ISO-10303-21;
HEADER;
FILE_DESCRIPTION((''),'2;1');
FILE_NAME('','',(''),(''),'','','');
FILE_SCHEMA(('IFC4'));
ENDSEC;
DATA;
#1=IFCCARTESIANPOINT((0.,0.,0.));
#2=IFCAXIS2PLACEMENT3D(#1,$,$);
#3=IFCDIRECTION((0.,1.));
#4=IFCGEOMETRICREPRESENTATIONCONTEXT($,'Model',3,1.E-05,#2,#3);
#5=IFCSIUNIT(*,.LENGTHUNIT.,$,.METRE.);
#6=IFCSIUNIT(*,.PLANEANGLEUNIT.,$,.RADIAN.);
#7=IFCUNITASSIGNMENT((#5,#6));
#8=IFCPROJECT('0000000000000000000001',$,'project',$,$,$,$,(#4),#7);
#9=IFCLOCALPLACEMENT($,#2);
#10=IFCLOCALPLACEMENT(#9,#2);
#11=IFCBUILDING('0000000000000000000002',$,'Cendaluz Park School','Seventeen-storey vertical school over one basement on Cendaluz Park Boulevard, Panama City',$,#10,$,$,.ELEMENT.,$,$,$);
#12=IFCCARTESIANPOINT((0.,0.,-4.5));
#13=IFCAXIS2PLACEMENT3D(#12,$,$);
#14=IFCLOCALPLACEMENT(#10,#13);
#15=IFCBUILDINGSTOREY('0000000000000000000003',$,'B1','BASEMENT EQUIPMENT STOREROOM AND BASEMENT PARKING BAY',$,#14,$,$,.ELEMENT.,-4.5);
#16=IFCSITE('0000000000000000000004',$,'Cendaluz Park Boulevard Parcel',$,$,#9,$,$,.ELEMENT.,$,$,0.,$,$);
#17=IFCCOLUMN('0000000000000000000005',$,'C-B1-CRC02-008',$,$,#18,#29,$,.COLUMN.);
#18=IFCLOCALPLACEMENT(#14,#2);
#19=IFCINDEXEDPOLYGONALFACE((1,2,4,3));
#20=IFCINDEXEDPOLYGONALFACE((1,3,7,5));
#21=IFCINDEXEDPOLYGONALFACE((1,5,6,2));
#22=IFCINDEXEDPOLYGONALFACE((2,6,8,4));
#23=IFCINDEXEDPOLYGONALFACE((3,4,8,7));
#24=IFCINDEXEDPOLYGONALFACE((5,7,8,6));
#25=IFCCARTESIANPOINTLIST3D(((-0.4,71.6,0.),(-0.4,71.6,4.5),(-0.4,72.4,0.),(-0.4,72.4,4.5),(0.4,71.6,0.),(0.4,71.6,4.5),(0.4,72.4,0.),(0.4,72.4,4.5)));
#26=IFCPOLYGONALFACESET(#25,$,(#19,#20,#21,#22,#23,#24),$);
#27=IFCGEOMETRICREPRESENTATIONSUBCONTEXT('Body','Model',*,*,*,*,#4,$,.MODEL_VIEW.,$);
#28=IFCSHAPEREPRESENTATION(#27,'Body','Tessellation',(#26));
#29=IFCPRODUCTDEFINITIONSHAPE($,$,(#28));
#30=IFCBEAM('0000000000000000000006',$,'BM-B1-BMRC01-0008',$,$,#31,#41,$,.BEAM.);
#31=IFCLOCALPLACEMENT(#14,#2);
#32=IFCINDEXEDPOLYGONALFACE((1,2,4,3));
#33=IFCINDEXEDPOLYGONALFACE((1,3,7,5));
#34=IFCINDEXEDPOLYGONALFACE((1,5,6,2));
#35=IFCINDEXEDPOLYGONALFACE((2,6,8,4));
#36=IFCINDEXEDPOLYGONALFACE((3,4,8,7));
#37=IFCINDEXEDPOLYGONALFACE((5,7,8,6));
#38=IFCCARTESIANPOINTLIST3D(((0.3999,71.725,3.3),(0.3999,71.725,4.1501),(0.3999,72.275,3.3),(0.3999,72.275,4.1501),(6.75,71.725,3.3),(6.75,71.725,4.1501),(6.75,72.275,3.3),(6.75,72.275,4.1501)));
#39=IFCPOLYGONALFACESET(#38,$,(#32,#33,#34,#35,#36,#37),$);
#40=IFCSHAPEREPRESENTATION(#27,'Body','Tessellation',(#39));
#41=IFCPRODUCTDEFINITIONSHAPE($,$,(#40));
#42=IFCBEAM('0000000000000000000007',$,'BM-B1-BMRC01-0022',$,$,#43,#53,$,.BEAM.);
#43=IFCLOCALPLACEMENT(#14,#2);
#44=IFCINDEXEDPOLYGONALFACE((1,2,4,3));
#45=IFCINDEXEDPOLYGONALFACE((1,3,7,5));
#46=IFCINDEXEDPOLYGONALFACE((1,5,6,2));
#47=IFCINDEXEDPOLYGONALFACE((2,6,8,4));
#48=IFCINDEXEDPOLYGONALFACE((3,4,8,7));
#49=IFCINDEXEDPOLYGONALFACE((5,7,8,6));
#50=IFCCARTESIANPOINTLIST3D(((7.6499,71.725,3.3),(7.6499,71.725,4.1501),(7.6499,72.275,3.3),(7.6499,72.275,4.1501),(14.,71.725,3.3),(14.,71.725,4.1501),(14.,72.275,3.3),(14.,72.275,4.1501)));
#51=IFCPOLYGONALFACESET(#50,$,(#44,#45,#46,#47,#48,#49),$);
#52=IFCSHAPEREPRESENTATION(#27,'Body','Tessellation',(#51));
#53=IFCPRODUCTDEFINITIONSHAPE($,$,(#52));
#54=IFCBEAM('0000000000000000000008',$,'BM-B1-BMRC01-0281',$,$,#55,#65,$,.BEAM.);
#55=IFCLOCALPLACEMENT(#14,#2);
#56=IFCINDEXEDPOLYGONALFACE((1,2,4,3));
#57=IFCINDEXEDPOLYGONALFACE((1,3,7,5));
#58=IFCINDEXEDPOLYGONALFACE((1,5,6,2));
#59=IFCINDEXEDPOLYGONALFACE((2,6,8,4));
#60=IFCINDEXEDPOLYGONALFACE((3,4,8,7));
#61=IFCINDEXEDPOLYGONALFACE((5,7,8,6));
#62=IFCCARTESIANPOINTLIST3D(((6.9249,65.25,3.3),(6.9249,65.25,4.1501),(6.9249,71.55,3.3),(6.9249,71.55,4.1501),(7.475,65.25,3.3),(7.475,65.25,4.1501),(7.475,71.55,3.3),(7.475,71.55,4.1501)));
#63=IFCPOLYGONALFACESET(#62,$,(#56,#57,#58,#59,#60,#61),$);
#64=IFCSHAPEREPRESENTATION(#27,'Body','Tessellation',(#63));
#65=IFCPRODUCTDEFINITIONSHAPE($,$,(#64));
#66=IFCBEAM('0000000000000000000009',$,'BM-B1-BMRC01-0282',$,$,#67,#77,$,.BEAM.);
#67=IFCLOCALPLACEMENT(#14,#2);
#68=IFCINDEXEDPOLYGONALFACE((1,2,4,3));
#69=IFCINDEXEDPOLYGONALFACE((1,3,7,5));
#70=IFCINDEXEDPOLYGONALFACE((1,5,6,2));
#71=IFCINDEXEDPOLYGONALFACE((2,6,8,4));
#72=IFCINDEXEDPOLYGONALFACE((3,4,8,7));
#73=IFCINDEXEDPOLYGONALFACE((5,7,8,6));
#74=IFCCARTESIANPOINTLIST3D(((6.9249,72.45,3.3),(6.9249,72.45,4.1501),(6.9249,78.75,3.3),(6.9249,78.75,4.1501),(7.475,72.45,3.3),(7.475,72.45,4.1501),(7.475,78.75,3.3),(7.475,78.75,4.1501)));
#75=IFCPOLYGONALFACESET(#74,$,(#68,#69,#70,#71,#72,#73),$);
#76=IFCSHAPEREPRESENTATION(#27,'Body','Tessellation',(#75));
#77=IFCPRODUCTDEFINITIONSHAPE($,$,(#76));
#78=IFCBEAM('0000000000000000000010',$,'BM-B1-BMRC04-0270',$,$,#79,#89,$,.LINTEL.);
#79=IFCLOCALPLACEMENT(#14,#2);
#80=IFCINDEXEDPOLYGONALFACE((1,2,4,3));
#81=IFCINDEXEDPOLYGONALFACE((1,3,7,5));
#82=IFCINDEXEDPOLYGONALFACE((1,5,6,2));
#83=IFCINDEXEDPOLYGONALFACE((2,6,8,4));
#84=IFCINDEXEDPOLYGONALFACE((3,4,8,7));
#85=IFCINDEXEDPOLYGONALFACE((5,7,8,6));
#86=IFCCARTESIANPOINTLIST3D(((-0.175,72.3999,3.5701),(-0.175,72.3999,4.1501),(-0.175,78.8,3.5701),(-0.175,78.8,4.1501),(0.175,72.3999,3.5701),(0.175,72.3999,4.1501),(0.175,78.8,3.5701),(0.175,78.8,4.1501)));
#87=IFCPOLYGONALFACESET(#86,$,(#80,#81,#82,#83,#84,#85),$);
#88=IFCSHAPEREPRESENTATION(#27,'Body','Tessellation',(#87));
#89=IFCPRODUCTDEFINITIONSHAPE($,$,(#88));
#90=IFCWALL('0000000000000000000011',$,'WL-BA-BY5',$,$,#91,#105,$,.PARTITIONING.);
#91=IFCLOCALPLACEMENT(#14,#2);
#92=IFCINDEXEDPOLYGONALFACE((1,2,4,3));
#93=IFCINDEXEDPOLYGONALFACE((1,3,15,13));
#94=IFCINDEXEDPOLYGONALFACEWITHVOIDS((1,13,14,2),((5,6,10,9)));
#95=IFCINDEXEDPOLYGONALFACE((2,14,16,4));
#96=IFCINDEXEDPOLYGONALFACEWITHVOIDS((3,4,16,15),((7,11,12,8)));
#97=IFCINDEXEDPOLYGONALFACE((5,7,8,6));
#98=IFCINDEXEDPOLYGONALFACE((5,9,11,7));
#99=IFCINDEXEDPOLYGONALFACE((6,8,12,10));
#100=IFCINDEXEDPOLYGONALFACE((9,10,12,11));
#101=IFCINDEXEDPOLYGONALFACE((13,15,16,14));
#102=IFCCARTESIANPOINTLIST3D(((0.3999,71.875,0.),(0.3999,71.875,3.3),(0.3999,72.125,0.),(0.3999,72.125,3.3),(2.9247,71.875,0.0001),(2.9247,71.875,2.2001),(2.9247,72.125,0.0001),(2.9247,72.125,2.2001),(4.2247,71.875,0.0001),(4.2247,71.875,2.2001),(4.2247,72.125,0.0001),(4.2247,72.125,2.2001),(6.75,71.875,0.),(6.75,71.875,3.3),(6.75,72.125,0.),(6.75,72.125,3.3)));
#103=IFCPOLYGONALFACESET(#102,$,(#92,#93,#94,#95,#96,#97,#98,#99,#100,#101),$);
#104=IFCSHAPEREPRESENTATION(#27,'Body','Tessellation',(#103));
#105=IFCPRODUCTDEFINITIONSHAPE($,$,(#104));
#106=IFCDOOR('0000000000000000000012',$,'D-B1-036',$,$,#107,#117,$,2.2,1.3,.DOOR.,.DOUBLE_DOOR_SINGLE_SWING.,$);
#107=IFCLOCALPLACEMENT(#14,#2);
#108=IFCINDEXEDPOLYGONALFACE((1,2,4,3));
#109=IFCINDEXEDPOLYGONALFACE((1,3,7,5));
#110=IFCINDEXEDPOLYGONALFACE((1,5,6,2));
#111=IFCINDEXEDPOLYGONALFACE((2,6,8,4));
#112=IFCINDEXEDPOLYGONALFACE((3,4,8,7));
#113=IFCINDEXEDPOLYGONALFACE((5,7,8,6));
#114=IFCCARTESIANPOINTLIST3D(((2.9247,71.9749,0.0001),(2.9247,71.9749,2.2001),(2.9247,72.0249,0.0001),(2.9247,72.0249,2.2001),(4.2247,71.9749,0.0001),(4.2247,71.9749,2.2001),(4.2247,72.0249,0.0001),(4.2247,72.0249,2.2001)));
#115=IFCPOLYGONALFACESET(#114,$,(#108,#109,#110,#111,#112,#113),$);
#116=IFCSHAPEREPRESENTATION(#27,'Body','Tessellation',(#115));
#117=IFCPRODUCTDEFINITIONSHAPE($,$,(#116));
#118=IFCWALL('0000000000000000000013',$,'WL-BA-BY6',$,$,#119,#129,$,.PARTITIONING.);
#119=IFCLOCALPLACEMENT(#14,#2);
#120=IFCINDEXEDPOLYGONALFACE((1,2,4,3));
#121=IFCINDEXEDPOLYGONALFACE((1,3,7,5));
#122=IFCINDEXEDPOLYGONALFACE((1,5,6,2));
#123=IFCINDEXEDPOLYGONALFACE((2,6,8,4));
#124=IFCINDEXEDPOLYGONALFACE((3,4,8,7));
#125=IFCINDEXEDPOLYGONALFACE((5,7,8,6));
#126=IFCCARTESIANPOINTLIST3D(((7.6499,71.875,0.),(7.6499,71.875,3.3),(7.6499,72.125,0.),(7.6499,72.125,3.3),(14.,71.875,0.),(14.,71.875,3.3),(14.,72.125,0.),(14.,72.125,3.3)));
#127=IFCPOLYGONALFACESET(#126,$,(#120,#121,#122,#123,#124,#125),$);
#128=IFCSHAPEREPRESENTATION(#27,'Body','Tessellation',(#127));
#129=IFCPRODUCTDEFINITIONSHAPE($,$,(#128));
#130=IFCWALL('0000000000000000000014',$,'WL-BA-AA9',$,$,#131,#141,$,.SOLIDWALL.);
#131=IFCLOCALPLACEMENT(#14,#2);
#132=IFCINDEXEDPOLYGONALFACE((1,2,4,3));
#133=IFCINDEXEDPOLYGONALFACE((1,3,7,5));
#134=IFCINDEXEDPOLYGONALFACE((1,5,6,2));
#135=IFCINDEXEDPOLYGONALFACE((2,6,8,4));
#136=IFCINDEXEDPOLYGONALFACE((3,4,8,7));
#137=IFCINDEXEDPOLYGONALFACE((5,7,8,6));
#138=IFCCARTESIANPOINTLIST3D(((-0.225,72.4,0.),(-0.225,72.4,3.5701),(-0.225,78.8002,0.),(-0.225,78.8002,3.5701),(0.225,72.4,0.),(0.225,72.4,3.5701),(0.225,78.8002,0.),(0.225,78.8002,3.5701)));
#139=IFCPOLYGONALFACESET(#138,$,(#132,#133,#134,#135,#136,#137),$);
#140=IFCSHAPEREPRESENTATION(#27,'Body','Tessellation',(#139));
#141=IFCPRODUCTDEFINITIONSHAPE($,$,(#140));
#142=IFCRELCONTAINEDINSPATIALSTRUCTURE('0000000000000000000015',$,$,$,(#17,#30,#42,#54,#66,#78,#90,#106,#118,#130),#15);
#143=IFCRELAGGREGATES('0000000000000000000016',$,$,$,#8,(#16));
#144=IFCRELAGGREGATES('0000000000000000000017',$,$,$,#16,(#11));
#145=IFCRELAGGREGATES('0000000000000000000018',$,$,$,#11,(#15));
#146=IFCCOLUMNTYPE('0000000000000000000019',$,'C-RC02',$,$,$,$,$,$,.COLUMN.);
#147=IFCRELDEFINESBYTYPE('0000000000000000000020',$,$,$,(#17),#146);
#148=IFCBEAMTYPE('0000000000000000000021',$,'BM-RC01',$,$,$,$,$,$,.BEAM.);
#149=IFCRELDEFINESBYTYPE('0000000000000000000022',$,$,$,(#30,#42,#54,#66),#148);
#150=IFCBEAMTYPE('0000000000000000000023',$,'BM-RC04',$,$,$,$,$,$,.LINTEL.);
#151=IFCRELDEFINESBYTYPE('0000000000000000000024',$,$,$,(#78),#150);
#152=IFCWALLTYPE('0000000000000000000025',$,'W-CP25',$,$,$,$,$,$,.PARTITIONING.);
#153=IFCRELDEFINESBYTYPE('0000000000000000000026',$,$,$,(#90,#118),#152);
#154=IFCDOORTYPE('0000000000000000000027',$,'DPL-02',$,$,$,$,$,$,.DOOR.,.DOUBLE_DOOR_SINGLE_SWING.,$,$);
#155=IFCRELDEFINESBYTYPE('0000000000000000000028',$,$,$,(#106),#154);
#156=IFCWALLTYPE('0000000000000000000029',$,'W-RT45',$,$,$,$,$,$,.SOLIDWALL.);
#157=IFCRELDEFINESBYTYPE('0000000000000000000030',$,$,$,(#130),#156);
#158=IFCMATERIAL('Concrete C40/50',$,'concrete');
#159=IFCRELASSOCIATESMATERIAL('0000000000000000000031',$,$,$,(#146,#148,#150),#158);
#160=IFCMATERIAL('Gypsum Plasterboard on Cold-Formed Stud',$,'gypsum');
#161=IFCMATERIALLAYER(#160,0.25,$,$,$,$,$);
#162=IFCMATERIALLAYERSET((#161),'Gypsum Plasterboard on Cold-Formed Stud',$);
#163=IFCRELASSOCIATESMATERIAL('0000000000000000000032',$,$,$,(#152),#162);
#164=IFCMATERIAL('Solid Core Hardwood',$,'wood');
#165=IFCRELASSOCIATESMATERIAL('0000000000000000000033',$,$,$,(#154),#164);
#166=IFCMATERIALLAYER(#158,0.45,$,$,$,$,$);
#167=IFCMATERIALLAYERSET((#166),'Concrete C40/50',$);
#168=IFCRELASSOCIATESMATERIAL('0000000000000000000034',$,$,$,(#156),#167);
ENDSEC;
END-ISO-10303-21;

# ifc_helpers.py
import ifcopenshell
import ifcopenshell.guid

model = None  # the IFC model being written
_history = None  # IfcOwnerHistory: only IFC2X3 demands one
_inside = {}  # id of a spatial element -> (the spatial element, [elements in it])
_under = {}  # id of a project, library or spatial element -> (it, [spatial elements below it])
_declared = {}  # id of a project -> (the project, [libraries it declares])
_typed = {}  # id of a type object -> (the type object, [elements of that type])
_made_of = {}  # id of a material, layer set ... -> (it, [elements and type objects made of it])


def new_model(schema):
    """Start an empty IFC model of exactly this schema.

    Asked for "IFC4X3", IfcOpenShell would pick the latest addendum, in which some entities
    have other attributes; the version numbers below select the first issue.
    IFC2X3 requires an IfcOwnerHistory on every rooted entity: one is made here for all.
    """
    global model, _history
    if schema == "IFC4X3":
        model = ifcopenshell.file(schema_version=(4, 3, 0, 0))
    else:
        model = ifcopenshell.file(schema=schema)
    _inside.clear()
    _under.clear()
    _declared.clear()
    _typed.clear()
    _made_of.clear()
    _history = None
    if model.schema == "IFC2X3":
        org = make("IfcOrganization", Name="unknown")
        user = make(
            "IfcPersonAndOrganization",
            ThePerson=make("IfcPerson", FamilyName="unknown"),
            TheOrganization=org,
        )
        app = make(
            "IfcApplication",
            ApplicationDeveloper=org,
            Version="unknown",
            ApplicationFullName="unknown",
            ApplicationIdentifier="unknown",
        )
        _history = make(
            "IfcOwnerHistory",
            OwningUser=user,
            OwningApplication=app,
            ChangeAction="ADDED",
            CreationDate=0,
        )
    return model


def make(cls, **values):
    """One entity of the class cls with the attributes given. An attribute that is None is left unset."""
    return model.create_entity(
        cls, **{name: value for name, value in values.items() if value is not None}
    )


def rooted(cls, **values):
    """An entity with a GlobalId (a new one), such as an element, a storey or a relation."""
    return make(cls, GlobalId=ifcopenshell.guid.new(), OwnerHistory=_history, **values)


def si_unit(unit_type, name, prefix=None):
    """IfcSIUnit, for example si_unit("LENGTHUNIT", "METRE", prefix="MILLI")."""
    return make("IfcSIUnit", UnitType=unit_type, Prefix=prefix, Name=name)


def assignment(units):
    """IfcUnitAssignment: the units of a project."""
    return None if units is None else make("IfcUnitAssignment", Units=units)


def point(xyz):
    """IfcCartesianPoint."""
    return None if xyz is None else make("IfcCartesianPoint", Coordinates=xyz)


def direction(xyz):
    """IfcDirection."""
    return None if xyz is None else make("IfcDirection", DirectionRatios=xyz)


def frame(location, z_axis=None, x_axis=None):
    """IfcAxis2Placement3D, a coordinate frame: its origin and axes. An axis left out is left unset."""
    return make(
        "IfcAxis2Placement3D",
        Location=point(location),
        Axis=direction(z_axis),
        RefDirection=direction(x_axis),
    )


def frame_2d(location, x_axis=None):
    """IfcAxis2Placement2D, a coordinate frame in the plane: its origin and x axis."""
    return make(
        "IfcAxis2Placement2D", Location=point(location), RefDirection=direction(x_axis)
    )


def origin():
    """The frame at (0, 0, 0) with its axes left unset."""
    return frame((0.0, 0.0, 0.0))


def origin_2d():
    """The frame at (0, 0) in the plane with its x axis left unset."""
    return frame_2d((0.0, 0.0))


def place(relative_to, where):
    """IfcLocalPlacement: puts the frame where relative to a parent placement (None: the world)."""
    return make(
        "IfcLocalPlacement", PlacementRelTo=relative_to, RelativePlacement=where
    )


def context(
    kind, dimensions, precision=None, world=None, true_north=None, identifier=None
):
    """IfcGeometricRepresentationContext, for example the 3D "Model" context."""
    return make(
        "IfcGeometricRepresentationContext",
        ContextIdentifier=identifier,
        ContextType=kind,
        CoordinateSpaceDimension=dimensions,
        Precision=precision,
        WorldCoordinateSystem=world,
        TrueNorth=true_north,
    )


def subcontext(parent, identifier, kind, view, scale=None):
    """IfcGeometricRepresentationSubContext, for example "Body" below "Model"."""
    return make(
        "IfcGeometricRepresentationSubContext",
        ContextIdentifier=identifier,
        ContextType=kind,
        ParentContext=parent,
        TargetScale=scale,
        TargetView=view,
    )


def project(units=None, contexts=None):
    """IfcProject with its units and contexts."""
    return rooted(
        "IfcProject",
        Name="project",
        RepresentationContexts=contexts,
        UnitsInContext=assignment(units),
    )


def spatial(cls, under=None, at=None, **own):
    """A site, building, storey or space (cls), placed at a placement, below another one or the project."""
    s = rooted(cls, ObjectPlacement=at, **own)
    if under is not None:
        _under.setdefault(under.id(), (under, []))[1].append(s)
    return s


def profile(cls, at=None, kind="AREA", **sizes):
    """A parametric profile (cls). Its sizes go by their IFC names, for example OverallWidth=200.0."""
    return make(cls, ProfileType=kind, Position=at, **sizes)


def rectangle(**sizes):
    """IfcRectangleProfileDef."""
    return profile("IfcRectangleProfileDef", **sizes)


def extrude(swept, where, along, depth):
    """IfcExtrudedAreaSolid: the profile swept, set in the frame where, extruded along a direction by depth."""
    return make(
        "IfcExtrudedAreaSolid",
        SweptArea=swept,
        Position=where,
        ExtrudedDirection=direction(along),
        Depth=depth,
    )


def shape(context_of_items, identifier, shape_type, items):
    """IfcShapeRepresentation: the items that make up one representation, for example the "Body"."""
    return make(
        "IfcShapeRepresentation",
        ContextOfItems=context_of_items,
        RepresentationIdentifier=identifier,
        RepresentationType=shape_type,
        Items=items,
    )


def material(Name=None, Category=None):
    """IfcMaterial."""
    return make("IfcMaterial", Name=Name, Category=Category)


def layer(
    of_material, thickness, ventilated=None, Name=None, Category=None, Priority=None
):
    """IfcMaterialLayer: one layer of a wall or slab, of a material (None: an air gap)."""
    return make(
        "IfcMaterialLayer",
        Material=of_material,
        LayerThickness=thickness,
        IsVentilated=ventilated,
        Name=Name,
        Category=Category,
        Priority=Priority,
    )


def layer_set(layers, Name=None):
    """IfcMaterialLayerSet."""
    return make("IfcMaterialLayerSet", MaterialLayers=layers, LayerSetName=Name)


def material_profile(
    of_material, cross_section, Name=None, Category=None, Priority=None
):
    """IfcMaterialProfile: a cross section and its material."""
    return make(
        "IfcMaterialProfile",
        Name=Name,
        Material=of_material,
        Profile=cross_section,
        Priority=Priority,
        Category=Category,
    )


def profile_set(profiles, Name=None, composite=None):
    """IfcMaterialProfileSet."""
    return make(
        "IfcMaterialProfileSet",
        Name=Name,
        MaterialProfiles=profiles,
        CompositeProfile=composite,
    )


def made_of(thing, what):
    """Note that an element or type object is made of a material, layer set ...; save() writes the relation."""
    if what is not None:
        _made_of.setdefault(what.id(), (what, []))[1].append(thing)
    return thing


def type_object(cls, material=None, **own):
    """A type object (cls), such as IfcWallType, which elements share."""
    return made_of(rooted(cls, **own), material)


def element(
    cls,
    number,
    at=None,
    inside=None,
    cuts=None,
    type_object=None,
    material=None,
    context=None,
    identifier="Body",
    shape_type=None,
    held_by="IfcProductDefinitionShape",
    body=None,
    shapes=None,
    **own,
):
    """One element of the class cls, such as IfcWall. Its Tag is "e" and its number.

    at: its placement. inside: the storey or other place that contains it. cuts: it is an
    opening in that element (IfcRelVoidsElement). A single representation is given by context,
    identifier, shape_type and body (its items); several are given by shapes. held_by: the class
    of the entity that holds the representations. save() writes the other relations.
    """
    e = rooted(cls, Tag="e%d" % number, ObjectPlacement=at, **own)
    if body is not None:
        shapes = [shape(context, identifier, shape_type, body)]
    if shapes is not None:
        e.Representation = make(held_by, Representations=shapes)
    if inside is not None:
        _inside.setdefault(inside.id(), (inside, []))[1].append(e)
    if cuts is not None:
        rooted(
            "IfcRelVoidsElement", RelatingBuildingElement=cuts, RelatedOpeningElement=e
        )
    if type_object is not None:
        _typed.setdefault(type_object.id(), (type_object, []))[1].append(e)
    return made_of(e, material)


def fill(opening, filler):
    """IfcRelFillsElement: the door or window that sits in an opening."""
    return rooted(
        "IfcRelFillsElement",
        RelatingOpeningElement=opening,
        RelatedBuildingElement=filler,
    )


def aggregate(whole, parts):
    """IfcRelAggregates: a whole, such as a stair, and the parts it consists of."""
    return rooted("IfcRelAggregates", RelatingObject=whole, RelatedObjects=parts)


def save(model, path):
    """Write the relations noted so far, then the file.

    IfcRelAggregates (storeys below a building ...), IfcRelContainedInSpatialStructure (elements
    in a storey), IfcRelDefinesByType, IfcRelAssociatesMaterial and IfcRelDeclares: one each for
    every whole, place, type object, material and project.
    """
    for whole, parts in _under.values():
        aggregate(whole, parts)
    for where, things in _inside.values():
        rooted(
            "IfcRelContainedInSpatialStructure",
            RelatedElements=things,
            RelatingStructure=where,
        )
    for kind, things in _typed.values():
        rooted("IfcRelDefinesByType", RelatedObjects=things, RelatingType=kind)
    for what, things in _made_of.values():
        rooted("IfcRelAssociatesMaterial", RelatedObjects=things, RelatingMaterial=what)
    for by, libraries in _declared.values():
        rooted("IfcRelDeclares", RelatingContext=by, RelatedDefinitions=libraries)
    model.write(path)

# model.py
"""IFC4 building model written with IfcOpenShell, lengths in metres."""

from ifc_helpers import new_model, si_unit, direction, frame, frame_2d, origin, origin_2d, place, context, subcontext, project, spatial, rectangle, extrude, material, layer, layer_set, material_profile, profile_set, type_object, element, fill, save


model = new_model("IFC4")

# Units and contexts
model_context = context("Model", 3, precision=1e-05, world=origin(), true_north=direction((0.0, 1.0)))
body_context = subcontext(model_context, "Body", "Model", "MODEL_VIEW")
ifc_project = project(units=[si_unit("LENGTHUNIT", "METRE"), si_unit("PLANEANGLEUNIT", "RADIAN")], contexts=[model_context])

# Site, building, storey
site_placement = place(None, origin())
site = spatial("IfcSite", under=ifc_project, at=site_placement, Name="Cendaluz Park Boulevard Parcel", CompositionType="ELEMENT", RefElevation=0.0)
building_placement = place(site_placement, origin())
building = spatial("IfcBuilding", under=site, at=building_placement, Name="Cendaluz Park School", Description="Seventeen-storey vertical school over one basement on Cendaluz Park Boulevard, Panama City", CompositionType="ELEMENT")
storey_placement = place(building_placement, frame((0.0, 0.0, -4.5)))
storey = spatial("IfcBuildingStorey", under=building, at=storey_placement, Name="B1", Description="BASEMENT EQUIPMENT STOREROOM AND BASEMENT PARKING BAY", CompositionType="ELEMENT", Elevation=-4.5)

# Shared definitions
ifc_material_1 = material(Name="Concrete C40/50", Category="concrete")

# Column
ifc_material_profile_1 = material_profile(ifc_material_1, rectangle(XDim=0.8, YDim=0.8, at=origin_2d()), Name="RC 800x800", Category="concrete")
ifc_profile_set_1 = profile_set([ifc_material_profile_1], Name="Concrete C40/50")
column_type_1 = type_object("IfcColumnType", Name="C-RC02", PredefinedType="COLUMN", material=ifc_profile_set_1)
column_1_placement = place(storey_placement, frame((0.0, 72.0, 0.0), z_axis=(0.0, 0.0, 1.0), x_axis=(1.0, 0.0, 0.0)))
element("IfcColumn", 1, at=column_1_placement, inside=storey, type_object=column_type_1, Name="C-B1-CRC02-008", PredefinedType="COLUMN", context=body_context, shape_type="SweptSolid", body=[
    extrude(rectangle(XDim=0.8, YDim=0.8, at=origin_2d()), origin(), (0.0, 0.0, 1.0), 4.5),
])

# Beams
ifc_material_profile_2 = material_profile(ifc_material_1, rectangle(XDim=0.55, YDim=0.8501, at=origin_2d()), Name="RC 550x850", Category="concrete")
ifc_profile_set_2 = profile_set([ifc_material_profile_2], Name="Concrete C40/50")
beam_type_1 = type_object("IfcBeamType", Name="BM-RC01", PredefinedType="BEAM", material=ifc_profile_set_2)
for number, where, z_axis, x_axis, name in (
    (2, (0.3999, 72.0, 3.7251), (1.0, 0.0, 0.0), (0.0, 1.0, 0.0), "BM-B1-BMRC01-0008"),
    (3, (7.6499, 72.0, 3.7251), (1.0, 0.0, 0.0), (0.0, 1.0, 0.0), "BM-B1-BMRC01-0022"),
):
    element("IfcBeam", number, at=place(storey_placement, frame(where, z_axis=z_axis, x_axis=x_axis)), inside=storey, type_object=beam_type_1, Name=name, PredefinedType="BEAM", context=body_context, shape_type="SweptSolid", body=[
        extrude(rectangle(XDim=0.55, YDim=0.8501, at=origin_2d()), origin(), (0.0, 0.0, 1.0), 6.3501),
    ])
for number, where, z_axis, x_axis, name in (
    (4, (7.2, 65.25, 3.7251), (0.0, 1.0, 0.0), (-1.0, 0.0, 0.0), "BM-B1-BMRC01-0281"),
    (5, (7.2, 72.45, 3.7251), (0.0, 1.0, 0.0), (-1.0, 0.0, 0.0), "BM-B1-BMRC01-0282"),
):
    element("IfcBeam", number, at=place(storey_placement, frame(where, z_axis=z_axis, x_axis=x_axis)), inside=storey, type_object=beam_type_1, Name=name, PredefinedType="BEAM", context=body_context, shape_type="SweptSolid", body=[
        extrude(rectangle(XDim=0.55, YDim=0.8501, at=origin_2d()), origin(), (0.0, 0.0, 1.0), 6.3),
    ])
ifc_material_profile_3 = material_profile(ifc_material_1, rectangle(XDim=0.3501, YDim=0.5801, at=origin_2d()), Name="RC 350x580", Category="concrete")
ifc_profile_set_3 = profile_set([ifc_material_profile_3], Name="Concrete C40/50")
beam_type_2 = type_object("IfcBeamType", Name="BM-RC04", PredefinedType="LINTEL", material=ifc_profile_set_3)
beam_placement = place(storey_placement, frame((0.0, 72.3999, 3.8601), z_axis=(0.0, 1.0, 0.0), x_axis=(-1.0, 0.0, 0.0)))
element("IfcBeam", 6, at=beam_placement, inside=storey, type_object=beam_type_2, Name="BM-B1-BMRC04-0270", PredefinedType="LINTEL", context=body_context, shape_type="SweptSolid", body=[
    extrude(rectangle(XDim=0.3501, YDim=0.5801, at=origin_2d()), origin(), (0.0, 0.0, 1.0), 6.4001),
])

# Wall, opening, door
ifc_material_2 = material(Name="Gypsum Plasterboard on Cold-Formed Stud", Category="gypsum")
ifc_layer_1 = layer(ifc_material_2, 0.25)
ifc_layer_set_1 = layer_set([ifc_layer_1], Name="Gypsum Plasterboard on Cold-Formed Stud")
wall_type_1 = type_object("IfcWallType", Name="W-CP25", PredefinedType="PARTITIONING", material=ifc_layer_set_1)
wall_1_placement = place(storey_placement, frame((0.3999, 72.0, 0.0), z_axis=(0.0, 0.0, 1.0), x_axis=(1.0, 0.0, 0.0)))
wall_1 = element("IfcWall", 7, at=wall_1_placement, inside=storey, type_object=wall_type_1, Name="WL-BA-BY5", PredefinedType="PARTITIONING", context=body_context, shape_type="SweptSolid", body=[
    extrude(rectangle(XDim=6.3501, YDim=0.25, at=frame_2d((3.175, 0.0))), origin(), (0.0, 0.0, 1.0), 3.3),
])
opening_placement = place(wall_1_placement, frame((2.5249, 0.0, 0.0)))
opening = element("IfcOpeningElement", 8, at=opening_placement, cuts=wall_1, PredefinedType="OPENING", context=body_context, shape_type="SweptSolid", body=[
    extrude(rectangle(XDim=1.3, YDim=2.2, at=frame_2d((0.6499, 1.1001))), frame((0.0, 0.137, 0.0), z_axis=(0.0, -1.0, 0.0), x_axis=(1.0, 0.0, 0.0)), (0.0, 0.0, 1.0), 0.2739),
])
ifc_material_3 = material(Name="Solid Core Hardwood", Category="wood")
door_type = type_object("IfcDoorType", Name="DPL-02", OperationType="DOUBLE_DOOR_SINGLE_SWING", PredefinedType="DOOR", material=ifc_material_3)
door_placement = place(opening_placement, origin())
door = element("IfcDoor", 9, at=door_placement, inside=storey, type_object=door_type, Name="D-B1-036", OperationType="DOUBLE_DOOR_SINGLE_SWING", OverallHeight=2.2, OverallWidth=1.3, PredefinedType="DOOR", context=body_context, shape_type="SweptSolid", body=[
    extrude(rectangle(XDim=1.3, YDim=2.2, at=frame_2d((0.6499, 1.1001))), frame((0.0, 0.0249, 0.0), z_axis=(0.0, -1.0, 0.0), x_axis=(1.0, 0.0, 0.0)), (0.0, 0.0, 1.0), 0.05),
])
fill(opening, door)

# Walls
wall_2_placement = place(storey_placement, frame((7.6499, 72.0, 0.0), z_axis=(0.0, 0.0, 1.0), x_axis=(1.0, 0.0, 0.0)))
element("IfcWall", 10, at=wall_2_placement, inside=storey, type_object=wall_type_1, Name="WL-BA-BY6", PredefinedType="PARTITIONING", context=body_context, shape_type="SweptSolid", body=[
    extrude(rectangle(XDim=6.3501, YDim=0.25, at=frame_2d((3.175, 0.0))), origin(), (0.0, 0.0, 1.0), 3.3),
])
ifc_layer_2 = layer(ifc_material_1, 0.45)
ifc_layer_set_2 = layer_set([ifc_layer_2], Name="Concrete C40/50")
wall_type_2 = type_object("IfcWallType", Name="W-RT45", PredefinedType="SOLIDWALL", material=ifc_layer_set_2)
wall_3_placement = place(storey_placement, frame((0.0, 72.3999, 0.0), z_axis=(0.0, 0.0, 1.0), x_axis=(0.0, 1.0, 0.0)))
element("IfcWall", 11, at=wall_3_placement, inside=storey, type_object=wall_type_2, Name="WL-BA-AA9", PredefinedType="SOLIDWALL", context=body_context, shape_type="SweptSolid", body=[
    extrude(rectangle(XDim=6.4001, YDim=0.45, at=frame_2d((3.2002, 0.0))), origin(), (0.0, 0.0, 1.0), 3.5701),
])

save(model, "model.ifc")
